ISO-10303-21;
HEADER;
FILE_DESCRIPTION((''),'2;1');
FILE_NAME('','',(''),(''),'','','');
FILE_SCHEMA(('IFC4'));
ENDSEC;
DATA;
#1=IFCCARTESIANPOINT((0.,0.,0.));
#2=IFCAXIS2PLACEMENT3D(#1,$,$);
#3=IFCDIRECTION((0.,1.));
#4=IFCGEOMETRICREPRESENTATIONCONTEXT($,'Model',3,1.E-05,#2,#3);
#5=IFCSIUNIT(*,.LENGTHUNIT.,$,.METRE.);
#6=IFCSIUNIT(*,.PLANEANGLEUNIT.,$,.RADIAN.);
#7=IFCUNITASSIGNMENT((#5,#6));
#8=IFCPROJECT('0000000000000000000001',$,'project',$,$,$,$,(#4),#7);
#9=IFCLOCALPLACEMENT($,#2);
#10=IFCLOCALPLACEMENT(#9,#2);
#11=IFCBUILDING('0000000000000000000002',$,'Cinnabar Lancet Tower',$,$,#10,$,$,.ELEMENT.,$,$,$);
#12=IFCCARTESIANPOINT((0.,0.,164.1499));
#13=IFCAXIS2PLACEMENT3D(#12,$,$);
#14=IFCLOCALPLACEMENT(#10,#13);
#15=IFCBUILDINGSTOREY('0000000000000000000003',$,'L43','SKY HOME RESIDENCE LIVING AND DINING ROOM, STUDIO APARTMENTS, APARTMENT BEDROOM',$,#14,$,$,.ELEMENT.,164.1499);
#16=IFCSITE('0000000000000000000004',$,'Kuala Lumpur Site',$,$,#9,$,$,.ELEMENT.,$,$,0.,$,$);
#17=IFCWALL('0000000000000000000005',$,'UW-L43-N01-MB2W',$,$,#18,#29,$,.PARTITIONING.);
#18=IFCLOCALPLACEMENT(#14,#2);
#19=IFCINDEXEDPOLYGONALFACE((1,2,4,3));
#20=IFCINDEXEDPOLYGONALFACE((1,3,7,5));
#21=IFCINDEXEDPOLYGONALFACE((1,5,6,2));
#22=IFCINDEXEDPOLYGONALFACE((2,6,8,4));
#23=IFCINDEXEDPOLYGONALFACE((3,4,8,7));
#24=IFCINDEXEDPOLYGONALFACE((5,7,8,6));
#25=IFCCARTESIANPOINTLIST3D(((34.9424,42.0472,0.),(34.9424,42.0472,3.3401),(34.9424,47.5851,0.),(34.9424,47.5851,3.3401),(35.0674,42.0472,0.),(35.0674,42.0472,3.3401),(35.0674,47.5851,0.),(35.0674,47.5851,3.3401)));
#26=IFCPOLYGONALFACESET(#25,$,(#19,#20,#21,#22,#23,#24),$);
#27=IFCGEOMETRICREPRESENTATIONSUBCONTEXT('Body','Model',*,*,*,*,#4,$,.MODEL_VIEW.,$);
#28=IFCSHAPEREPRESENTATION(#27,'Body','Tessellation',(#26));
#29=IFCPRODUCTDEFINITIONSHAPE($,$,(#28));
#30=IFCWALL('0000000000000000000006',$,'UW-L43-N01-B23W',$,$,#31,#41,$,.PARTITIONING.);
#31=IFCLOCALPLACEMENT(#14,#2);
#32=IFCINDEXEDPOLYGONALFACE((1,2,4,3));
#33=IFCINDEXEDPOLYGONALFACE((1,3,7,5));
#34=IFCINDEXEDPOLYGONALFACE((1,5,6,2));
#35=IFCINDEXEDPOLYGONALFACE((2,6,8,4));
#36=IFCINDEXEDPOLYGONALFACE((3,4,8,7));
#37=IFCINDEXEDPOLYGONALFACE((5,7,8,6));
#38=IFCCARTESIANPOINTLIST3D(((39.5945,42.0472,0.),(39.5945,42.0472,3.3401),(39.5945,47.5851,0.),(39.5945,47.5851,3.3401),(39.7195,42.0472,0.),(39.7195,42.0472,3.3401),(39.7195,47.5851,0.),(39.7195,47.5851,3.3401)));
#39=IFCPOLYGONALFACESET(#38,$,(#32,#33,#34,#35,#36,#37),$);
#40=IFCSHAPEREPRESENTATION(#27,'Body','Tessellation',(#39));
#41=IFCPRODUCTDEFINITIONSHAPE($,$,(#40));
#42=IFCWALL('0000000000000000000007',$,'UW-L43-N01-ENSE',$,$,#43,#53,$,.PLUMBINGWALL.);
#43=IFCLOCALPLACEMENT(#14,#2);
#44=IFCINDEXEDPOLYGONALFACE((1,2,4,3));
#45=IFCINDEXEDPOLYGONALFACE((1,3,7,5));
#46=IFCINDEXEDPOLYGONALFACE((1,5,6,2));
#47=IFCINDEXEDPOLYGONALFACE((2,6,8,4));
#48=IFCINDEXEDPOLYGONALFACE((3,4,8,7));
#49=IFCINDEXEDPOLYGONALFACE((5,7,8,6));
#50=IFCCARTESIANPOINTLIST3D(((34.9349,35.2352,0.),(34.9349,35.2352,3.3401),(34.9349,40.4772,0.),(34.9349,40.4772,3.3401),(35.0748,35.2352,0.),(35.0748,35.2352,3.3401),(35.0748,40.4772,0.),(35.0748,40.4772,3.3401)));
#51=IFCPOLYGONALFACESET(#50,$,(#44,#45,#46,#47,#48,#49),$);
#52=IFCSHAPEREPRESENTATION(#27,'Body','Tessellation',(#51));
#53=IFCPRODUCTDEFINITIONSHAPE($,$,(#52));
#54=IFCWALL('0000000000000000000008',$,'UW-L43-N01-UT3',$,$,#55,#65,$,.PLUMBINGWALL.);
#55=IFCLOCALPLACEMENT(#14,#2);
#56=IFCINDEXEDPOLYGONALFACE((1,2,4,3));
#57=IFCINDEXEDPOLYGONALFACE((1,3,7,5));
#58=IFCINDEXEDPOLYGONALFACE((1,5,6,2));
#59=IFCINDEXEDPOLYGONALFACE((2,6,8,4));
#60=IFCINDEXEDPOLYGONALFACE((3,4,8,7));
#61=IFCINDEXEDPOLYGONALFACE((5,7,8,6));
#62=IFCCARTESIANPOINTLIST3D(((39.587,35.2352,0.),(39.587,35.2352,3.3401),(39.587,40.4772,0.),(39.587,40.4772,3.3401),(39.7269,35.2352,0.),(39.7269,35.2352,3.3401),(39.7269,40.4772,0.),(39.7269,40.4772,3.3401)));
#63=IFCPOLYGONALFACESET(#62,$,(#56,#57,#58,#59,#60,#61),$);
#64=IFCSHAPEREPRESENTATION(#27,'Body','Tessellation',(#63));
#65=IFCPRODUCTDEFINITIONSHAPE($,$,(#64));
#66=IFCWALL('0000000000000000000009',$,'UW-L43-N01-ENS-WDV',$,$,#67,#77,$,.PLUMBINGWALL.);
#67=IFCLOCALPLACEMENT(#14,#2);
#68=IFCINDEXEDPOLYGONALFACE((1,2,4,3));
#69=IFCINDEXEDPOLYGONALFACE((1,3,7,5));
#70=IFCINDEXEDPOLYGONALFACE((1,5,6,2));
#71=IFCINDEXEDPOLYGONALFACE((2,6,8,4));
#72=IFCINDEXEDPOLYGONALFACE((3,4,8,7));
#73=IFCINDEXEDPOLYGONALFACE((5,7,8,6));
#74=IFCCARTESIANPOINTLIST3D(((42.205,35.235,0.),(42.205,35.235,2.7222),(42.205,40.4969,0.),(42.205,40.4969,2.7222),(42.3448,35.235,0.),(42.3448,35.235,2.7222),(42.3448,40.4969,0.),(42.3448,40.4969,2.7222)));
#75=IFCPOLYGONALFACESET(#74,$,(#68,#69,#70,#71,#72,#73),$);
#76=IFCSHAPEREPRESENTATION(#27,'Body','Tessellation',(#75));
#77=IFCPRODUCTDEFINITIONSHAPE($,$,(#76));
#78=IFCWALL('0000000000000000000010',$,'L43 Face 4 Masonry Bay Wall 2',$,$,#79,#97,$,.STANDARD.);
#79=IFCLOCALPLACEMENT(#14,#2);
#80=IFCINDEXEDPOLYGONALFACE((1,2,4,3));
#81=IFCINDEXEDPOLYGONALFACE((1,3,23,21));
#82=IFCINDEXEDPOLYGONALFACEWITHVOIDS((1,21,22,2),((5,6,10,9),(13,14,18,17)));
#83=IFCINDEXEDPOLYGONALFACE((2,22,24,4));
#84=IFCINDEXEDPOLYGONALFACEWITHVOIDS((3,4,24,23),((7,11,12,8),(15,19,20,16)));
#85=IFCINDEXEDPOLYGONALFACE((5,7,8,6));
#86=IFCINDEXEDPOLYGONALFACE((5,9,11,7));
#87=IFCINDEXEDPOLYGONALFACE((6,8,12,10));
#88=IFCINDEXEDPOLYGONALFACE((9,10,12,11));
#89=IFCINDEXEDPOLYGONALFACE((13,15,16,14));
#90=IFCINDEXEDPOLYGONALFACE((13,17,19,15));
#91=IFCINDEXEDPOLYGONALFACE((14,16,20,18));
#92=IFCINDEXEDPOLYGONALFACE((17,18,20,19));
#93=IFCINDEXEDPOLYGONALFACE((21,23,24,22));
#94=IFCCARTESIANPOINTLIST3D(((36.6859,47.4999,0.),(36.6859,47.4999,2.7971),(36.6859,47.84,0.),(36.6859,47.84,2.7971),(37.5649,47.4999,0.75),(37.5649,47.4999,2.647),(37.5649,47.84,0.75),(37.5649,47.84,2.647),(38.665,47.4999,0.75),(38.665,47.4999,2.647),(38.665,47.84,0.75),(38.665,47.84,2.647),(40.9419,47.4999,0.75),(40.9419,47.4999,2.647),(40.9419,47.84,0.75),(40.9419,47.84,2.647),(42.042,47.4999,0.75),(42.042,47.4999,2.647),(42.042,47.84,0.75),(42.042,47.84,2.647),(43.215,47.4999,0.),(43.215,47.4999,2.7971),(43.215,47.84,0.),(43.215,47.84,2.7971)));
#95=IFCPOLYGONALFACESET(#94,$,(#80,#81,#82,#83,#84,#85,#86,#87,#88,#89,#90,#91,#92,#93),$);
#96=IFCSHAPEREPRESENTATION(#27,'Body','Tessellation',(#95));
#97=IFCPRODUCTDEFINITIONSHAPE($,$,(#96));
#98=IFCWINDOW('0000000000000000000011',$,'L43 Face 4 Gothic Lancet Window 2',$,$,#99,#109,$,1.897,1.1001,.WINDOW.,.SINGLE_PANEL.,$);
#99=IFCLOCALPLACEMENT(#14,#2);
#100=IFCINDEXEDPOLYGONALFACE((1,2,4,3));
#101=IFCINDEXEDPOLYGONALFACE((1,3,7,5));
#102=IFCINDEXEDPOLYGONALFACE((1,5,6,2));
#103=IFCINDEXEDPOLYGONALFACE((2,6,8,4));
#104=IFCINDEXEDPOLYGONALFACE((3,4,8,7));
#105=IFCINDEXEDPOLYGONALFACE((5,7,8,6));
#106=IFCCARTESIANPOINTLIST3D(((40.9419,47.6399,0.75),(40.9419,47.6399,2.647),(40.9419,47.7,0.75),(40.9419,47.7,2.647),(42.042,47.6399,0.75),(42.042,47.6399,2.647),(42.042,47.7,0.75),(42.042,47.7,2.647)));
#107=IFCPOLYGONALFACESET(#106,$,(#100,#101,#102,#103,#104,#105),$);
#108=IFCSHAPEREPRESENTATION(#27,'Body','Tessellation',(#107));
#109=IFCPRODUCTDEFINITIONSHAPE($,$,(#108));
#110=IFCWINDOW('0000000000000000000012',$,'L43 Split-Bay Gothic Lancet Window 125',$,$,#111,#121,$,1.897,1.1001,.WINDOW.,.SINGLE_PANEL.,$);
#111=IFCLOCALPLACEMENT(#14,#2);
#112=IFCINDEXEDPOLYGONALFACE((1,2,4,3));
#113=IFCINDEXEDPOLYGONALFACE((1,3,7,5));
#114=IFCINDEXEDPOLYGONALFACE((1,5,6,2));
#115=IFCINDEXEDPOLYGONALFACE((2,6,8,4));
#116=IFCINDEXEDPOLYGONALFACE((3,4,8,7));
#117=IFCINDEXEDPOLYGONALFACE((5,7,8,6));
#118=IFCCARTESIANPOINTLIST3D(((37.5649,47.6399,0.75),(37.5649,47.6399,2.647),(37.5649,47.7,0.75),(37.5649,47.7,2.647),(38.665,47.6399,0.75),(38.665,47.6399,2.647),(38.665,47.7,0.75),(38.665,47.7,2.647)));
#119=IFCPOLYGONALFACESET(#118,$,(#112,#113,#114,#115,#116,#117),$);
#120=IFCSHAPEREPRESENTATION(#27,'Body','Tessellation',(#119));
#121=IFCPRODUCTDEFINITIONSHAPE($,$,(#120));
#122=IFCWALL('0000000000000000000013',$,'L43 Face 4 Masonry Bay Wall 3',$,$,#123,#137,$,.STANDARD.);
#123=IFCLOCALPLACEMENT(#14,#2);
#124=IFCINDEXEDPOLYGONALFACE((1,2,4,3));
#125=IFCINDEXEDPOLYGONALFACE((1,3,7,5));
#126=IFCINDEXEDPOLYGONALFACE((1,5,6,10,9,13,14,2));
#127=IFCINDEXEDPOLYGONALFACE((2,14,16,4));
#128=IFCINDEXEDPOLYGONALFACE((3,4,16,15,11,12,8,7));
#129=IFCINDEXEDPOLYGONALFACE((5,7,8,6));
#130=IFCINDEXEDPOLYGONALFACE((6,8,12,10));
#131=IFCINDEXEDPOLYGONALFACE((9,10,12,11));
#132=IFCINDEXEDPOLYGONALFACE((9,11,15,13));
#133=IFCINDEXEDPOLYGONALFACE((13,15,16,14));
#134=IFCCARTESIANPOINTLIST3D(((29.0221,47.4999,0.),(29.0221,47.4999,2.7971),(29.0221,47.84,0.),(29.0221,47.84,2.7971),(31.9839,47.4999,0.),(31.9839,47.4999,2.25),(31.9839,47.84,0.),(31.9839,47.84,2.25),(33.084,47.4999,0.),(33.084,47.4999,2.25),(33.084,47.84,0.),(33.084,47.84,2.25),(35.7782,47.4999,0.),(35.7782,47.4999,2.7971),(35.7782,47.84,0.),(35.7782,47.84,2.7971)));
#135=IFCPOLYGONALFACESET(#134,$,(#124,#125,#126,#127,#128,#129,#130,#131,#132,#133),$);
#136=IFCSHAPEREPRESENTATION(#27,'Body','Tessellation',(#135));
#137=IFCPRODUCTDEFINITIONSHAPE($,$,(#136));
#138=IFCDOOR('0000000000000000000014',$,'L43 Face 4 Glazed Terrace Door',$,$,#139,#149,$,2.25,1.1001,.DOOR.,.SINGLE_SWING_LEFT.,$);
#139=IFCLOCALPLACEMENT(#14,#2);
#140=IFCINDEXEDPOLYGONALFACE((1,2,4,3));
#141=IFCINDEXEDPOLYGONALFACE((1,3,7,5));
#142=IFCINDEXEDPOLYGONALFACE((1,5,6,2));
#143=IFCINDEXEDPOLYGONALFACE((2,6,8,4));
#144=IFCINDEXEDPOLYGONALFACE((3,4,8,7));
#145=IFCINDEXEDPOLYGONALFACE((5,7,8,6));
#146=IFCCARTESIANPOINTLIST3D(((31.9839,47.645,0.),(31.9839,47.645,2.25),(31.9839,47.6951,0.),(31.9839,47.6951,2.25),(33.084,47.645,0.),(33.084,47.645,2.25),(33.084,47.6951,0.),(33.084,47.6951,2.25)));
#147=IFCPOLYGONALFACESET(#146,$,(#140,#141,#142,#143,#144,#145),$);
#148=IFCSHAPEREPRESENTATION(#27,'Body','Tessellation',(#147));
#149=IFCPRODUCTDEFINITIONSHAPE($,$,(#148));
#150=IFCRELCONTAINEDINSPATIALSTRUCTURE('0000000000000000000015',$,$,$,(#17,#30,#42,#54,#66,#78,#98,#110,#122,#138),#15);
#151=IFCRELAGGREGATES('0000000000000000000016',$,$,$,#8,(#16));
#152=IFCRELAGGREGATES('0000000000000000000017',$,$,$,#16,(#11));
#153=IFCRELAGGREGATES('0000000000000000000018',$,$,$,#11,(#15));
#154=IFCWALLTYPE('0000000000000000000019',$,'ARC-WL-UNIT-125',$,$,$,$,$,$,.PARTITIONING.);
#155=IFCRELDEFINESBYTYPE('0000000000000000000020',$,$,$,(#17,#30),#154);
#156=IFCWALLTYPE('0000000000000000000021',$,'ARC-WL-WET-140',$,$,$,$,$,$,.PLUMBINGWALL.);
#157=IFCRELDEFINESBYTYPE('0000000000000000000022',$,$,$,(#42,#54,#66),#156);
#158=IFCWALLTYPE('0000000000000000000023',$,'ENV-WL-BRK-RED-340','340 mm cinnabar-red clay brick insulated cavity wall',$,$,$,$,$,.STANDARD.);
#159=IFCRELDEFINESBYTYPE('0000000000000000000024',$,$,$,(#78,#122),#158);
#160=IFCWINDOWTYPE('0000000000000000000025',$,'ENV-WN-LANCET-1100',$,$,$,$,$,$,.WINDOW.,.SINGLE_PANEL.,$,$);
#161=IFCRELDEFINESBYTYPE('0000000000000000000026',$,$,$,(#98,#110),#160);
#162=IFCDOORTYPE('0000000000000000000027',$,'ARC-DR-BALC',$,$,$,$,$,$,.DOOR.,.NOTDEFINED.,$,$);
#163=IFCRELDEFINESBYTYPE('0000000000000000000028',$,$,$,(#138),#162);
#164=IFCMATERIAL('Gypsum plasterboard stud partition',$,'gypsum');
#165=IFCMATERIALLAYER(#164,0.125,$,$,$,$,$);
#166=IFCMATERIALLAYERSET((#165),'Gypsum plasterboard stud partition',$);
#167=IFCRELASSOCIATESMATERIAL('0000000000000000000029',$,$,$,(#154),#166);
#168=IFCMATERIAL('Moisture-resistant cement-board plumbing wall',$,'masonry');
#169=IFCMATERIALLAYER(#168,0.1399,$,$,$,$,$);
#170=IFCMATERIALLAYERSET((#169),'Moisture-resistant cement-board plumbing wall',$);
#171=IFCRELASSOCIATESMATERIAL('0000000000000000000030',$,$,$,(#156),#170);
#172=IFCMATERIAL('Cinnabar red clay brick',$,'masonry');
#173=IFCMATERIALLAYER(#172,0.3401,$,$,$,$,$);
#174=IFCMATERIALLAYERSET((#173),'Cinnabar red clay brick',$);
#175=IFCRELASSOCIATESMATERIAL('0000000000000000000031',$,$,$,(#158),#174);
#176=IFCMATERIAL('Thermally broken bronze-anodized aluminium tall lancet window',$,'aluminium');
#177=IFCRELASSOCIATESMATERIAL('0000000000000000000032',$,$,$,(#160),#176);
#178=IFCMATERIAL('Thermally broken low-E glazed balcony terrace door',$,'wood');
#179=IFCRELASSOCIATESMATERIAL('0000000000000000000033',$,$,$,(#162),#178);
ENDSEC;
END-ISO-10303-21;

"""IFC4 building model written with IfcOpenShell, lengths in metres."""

from ifc_helpers import new_model, si_unit, direction, frame, frame_2d, origin, place, context, subcontext, project, spatial, rectangle, extrude, material, layer, layer_set, type_object, element, fill, save


model = new_model("IFC4")

# Units and contexts
model_context = context("Model", 3, precision=1e-05, world=origin(), true_north=direction((0.0, 1.0)))
body_context = subcontext(model_context, "Body", "Model", "MODEL_VIEW")
ifc_project = project(units=[si_unit("LENGTHUNIT", "METRE"), si_unit("PLANEANGLEUNIT", "RADIAN")], contexts=[model_context])

# Site, building, storey
site_placement = place(None, origin())
site = spatial("IfcSite", under=ifc_project, at=site_placement, Name="Kuala Lumpur Site", CompositionType="ELEMENT", RefElevation=0.0)
building_placement = place(site_placement, origin())
building = spatial("IfcBuilding", under=site, at=building_placement, Name="Cinnabar Lancet Tower", CompositionType="ELEMENT")
storey_placement = place(building_placement, frame((0.0, 0.0, 164.1499)))
storey = spatial("IfcBuildingStorey", under=building, at=storey_placement, Name="L43", Description="SKY HOME RESIDENCE LIVING AND DINING ROOM, STUDIO APARTMENTS, APARTMENT BEDROOM", CompositionType="ELEMENT", Elevation=164.1499)

# Shared definitions
ifc_material_1 = material(Name="Gypsum plasterboard stud partition", Category="gypsum")
ifc_layer_1 = layer(ifc_material_1, 0.125)
ifc_layer_set_1 = layer_set([ifc_layer_1], Name="Gypsum plasterboard stud partition")
wall_type_1 = type_object("IfcWallType", Name="ARC-WL-UNIT-125", PredefinedType="PARTITIONING", material=ifc_layer_set_1)

# Walls
for number, where, z_axis, x_axis, name in (
    (1, (35.0049, 42.0471, 0.0), (0.0, 0.0, 1.0), (0.0, 1.0, 0.0), "UW-L43-N01-MB2W"),
    (2, (39.657, 42.0471, 0.0), (0.0, 0.0, 1.0), (0.0, 1.0, 0.0), "UW-L43-N01-B23W"),
):
    element("IfcWall", number, at=place(storey_placement, frame(where, z_axis=z_axis, x_axis=x_axis)), inside=storey, type_object=wall_type_1, Name=name, PredefinedType="PARTITIONING", context=body_context, shape_type="SweptSolid", body=[
        extrude(rectangle(XDim=5.5378, YDim=0.125, at=frame_2d((2.769, 0.0))), origin(), (0.0, 0.0, 1.0), 3.3401),
    ])
ifc_material_2 = material(Name="Moisture-resistant cement-board plumbing wall", Category="masonry")
ifc_layer_2 = layer(ifc_material_2, 0.1399)
ifc_layer_set_2 = layer_set([ifc_layer_2], Name="Moisture-resistant cement-board plumbing wall")
wall_type_2 = type_object("IfcWallType", Name="ARC-WL-WET-140", PredefinedType="PLUMBINGWALL", material=ifc_layer_set_2)
for number, where, z_axis, x_axis, name in (
    (3, (35.0049, 35.2351, 0.0), (0.0, 0.0, 1.0), (0.0, 1.0, 0.0), "UW-L43-N01-ENSE"),
    (4, (39.657, 35.2351, 0.0), (0.0, 0.0, 1.0), (0.0, 1.0, 0.0), "UW-L43-N01-UT3"),
):
    element("IfcWall", number, at=place(storey_placement, frame(where, z_axis=z_axis, x_axis=x_axis)), inside=storey, type_object=wall_type_2, Name=name, PredefinedType="PLUMBINGWALL", context=body_context, shape_type="SweptSolid", body=[
        extrude(rectangle(XDim=5.2419, YDim=0.1399, at=frame_2d((2.6211, 0.0))), origin(), (0.0, 0.0, 1.0), 3.3401),
    ])
wall_1_placement = place(storey_placement, frame((42.2749, 35.2351, 0.0), z_axis=(0.0, 0.0, 1.0), x_axis=(0.0, 1.0, 0.0)))
element("IfcWall", 5, at=wall_1_placement, inside=storey, type_object=wall_type_2, Name="UW-L43-N01-ENS-WDV", PredefinedType="PLUMBINGWALL", context=body_context, shape_type="SweptSolid", body=[
    extrude(rectangle(XDim=5.262, YDim=0.1399, at=frame_2d((2.6309, 0.0))), origin(), (0.0, 0.0, 1.0), 2.7222),
])

# Wall, openings, windows
ifc_material_3 = material(Name="Cinnabar red clay brick", Category="masonry")
ifc_layer_3 = layer(ifc_material_3, 0.3401)
ifc_layer_set_3 = layer_set([ifc_layer_3], Name="Cinnabar red clay brick")
wall_type_3 = type_object("IfcWallType", Name="ENV-WL-BRK-RED-340", Description="340 mm cinnabar-red clay brick insulated cavity wall", PredefinedType="STANDARD", material=ifc_layer_set_3)
wall_2_placement = place(storey_placement, frame((43.2151, 47.6699, 0.0), z_axis=(0.0, 0.0, 1.0), x_axis=(-1.0, 0.0, 0.0)))
wall_2 = element("IfcWall", 6, at=wall_2_placement, inside=storey, type_object=wall_type_3, Name="L43 Face 4 Masonry Bay Wall 2", PredefinedType="STANDARD", context=body_context, shape_type="SweptSolid", body=[
    extrude(rectangle(XDim=6.5291, YDim=0.3401, at=frame_2d((3.2646, 0.0))), origin(), (0.0, 0.0, 1.0), 2.7971),
])
opening_1_placement = place(wall_2_placement, frame((1.1731, 0.0, 0.75)))
opening_1 = element("IfcOpeningElement", 7, at=opening_1_placement, cuts=wall_2, PredefinedType="OPENING", context=body_context, shape_type="SweptSolid", body=[
    extrude(rectangle(XDim=1.1001, YDim=1.897, at=frame_2d((0.55, 0.9485))), frame((0.0, 0.1799, 0.0), z_axis=(0.0, -1.0, 0.0), x_axis=(1.0, 0.0, 0.0)), (0.0, 0.0, 1.0), 0.3601),
])
opening_2_placement = place(wall_2_placement, frame((4.55, 0.0, 0.75)))
opening_2 = element("IfcOpeningElement", 8, at=opening_2_placement, cuts=wall_2, PredefinedType="OPENING", context=body_context, shape_type="SweptSolid", body=[
    extrude(rectangle(XDim=1.1001, YDim=1.897, at=frame_2d((0.55, 0.9485))), frame((0.0, 0.1799, 0.0), z_axis=(0.0, -1.0, 0.0), x_axis=(1.0, 0.0, 0.0)), (0.0, 0.0, 1.0), 0.3601),
])
ifc_material_4 = material(Name="Thermally broken bronze-anodized aluminium tall lancet window", Category="aluminium")
window_type = type_object("IfcWindowType", Name="ENV-WN-LANCET-1100", PartitioningType="SINGLE_PANEL", PredefinedType="WINDOW", material=ifc_material_4)
window_1_placement = place(opening_1_placement, origin())
window_1 = element("IfcWindow", 9, at=window_1_placement, inside=storey, type_object=window_type, Name="L43 Face 4 Gothic Lancet Window 2", OverallHeight=1.897, OverallWidth=1.1001, PartitioningType="SINGLE_PANEL", PredefinedType="WINDOW", context=body_context, shape_type="SweptSolid", body=[
    extrude(rectangle(XDim=1.1001, YDim=1.897, at=frame_2d((0.55, 0.9485))), frame((0.0, 0.03, 0.0), z_axis=(0.0, -1.0, 0.0), x_axis=(1.0, 0.0, 0.0)), (0.0, 0.0, 1.0), 0.0601),
])
fill(opening_1, window_1)
window_2_placement = place(opening_2_placement, origin())
window_2 = element("IfcWindow", 10, at=window_2_placement, inside=storey, type_object=window_type, Name="L43 Split-Bay Gothic Lancet Window 125", OverallHeight=1.897, OverallWidth=1.1001, PartitioningType="SINGLE_PANEL", PredefinedType="WINDOW", context=body_context, shape_type="SweptSolid", body=[
    extrude(rectangle(XDim=1.1001, YDim=1.897, at=frame_2d((0.55, 0.9485))), frame((0.0, 0.03, 0.0), z_axis=(0.0, -1.0, 0.0), x_axis=(1.0, 0.0, 0.0)), (0.0, 0.0, 1.0), 0.0601),
])
fill(opening_2, window_2)

# Wall, opening, door
wall_3_placement = place(storey_placement, frame((35.7781, 47.6699, 0.0), z_axis=(0.0, 0.0, 1.0), x_axis=(-1.0, 0.0, 0.0)))
wall_3 = element("IfcWall", 11, at=wall_3_placement, inside=storey, type_object=wall_type_3, Name="L43 Face 4 Masonry Bay Wall 3", PredefinedType="STANDARD", context=body_context, shape_type="SweptSolid", body=[
    extrude(rectangle(XDim=6.7561, YDim=0.3401, at=frame_2d((3.3779, 0.0))), origin(), (0.0, 0.0, 1.0), 2.7971),
])
opening_3_placement = place(wall_3_placement, frame((2.6941, 0.0, 0.0)))
opening_3 = element("IfcOpeningElement", 12, at=opening_3_placement, cuts=wall_3, PredefinedType="OPENING", context=body_context, shape_type="SweptSolid", body=[
    extrude(rectangle(XDim=1.1001, YDim=2.25, at=frame_2d((0.55, 1.125))), frame((0.0, 0.1799, 0.0), z_axis=(0.0, -1.0, 0.0), x_axis=(1.0, 0.0, 0.0)), (0.0, 0.0, 1.0), 0.3601),
])
ifc_material_5 = material(Name="Thermally broken low-E glazed balcony terrace door", Category="wood")
door_type_1 = type_object("IfcDoorType", Name="ARC-DR-BALC", OperationType="NOTDEFINED", PredefinedType="DOOR", material=ifc_material_5)
door_1_placement = place(opening_3_placement, origin())
door_1 = element("IfcDoor", 13, at=door_1_placement, inside=storey, type_object=door_type_1, Name="L43 Face 4 Glazed Terrace Door", OperationType="SINGLE_SWING_LEFT", OverallHeight=2.25, OverallWidth=1.1001, PredefinedType="DOOR", context=body_context, shape_type="SweptSolid", body=[
    extrude(rectangle(XDim=1.1001, YDim=2.25, at=frame_2d((0.55, 1.125))), frame((0.0, 0.0249, 0.0), z_axis=(0.0, -1.0, 0.0), x_axis=(1.0, 0.0, 0.0)), (0.0, 0.0, 1.0), 0.05),
])
fill(opening_3, door_1)

save(model, "model.ifc")
